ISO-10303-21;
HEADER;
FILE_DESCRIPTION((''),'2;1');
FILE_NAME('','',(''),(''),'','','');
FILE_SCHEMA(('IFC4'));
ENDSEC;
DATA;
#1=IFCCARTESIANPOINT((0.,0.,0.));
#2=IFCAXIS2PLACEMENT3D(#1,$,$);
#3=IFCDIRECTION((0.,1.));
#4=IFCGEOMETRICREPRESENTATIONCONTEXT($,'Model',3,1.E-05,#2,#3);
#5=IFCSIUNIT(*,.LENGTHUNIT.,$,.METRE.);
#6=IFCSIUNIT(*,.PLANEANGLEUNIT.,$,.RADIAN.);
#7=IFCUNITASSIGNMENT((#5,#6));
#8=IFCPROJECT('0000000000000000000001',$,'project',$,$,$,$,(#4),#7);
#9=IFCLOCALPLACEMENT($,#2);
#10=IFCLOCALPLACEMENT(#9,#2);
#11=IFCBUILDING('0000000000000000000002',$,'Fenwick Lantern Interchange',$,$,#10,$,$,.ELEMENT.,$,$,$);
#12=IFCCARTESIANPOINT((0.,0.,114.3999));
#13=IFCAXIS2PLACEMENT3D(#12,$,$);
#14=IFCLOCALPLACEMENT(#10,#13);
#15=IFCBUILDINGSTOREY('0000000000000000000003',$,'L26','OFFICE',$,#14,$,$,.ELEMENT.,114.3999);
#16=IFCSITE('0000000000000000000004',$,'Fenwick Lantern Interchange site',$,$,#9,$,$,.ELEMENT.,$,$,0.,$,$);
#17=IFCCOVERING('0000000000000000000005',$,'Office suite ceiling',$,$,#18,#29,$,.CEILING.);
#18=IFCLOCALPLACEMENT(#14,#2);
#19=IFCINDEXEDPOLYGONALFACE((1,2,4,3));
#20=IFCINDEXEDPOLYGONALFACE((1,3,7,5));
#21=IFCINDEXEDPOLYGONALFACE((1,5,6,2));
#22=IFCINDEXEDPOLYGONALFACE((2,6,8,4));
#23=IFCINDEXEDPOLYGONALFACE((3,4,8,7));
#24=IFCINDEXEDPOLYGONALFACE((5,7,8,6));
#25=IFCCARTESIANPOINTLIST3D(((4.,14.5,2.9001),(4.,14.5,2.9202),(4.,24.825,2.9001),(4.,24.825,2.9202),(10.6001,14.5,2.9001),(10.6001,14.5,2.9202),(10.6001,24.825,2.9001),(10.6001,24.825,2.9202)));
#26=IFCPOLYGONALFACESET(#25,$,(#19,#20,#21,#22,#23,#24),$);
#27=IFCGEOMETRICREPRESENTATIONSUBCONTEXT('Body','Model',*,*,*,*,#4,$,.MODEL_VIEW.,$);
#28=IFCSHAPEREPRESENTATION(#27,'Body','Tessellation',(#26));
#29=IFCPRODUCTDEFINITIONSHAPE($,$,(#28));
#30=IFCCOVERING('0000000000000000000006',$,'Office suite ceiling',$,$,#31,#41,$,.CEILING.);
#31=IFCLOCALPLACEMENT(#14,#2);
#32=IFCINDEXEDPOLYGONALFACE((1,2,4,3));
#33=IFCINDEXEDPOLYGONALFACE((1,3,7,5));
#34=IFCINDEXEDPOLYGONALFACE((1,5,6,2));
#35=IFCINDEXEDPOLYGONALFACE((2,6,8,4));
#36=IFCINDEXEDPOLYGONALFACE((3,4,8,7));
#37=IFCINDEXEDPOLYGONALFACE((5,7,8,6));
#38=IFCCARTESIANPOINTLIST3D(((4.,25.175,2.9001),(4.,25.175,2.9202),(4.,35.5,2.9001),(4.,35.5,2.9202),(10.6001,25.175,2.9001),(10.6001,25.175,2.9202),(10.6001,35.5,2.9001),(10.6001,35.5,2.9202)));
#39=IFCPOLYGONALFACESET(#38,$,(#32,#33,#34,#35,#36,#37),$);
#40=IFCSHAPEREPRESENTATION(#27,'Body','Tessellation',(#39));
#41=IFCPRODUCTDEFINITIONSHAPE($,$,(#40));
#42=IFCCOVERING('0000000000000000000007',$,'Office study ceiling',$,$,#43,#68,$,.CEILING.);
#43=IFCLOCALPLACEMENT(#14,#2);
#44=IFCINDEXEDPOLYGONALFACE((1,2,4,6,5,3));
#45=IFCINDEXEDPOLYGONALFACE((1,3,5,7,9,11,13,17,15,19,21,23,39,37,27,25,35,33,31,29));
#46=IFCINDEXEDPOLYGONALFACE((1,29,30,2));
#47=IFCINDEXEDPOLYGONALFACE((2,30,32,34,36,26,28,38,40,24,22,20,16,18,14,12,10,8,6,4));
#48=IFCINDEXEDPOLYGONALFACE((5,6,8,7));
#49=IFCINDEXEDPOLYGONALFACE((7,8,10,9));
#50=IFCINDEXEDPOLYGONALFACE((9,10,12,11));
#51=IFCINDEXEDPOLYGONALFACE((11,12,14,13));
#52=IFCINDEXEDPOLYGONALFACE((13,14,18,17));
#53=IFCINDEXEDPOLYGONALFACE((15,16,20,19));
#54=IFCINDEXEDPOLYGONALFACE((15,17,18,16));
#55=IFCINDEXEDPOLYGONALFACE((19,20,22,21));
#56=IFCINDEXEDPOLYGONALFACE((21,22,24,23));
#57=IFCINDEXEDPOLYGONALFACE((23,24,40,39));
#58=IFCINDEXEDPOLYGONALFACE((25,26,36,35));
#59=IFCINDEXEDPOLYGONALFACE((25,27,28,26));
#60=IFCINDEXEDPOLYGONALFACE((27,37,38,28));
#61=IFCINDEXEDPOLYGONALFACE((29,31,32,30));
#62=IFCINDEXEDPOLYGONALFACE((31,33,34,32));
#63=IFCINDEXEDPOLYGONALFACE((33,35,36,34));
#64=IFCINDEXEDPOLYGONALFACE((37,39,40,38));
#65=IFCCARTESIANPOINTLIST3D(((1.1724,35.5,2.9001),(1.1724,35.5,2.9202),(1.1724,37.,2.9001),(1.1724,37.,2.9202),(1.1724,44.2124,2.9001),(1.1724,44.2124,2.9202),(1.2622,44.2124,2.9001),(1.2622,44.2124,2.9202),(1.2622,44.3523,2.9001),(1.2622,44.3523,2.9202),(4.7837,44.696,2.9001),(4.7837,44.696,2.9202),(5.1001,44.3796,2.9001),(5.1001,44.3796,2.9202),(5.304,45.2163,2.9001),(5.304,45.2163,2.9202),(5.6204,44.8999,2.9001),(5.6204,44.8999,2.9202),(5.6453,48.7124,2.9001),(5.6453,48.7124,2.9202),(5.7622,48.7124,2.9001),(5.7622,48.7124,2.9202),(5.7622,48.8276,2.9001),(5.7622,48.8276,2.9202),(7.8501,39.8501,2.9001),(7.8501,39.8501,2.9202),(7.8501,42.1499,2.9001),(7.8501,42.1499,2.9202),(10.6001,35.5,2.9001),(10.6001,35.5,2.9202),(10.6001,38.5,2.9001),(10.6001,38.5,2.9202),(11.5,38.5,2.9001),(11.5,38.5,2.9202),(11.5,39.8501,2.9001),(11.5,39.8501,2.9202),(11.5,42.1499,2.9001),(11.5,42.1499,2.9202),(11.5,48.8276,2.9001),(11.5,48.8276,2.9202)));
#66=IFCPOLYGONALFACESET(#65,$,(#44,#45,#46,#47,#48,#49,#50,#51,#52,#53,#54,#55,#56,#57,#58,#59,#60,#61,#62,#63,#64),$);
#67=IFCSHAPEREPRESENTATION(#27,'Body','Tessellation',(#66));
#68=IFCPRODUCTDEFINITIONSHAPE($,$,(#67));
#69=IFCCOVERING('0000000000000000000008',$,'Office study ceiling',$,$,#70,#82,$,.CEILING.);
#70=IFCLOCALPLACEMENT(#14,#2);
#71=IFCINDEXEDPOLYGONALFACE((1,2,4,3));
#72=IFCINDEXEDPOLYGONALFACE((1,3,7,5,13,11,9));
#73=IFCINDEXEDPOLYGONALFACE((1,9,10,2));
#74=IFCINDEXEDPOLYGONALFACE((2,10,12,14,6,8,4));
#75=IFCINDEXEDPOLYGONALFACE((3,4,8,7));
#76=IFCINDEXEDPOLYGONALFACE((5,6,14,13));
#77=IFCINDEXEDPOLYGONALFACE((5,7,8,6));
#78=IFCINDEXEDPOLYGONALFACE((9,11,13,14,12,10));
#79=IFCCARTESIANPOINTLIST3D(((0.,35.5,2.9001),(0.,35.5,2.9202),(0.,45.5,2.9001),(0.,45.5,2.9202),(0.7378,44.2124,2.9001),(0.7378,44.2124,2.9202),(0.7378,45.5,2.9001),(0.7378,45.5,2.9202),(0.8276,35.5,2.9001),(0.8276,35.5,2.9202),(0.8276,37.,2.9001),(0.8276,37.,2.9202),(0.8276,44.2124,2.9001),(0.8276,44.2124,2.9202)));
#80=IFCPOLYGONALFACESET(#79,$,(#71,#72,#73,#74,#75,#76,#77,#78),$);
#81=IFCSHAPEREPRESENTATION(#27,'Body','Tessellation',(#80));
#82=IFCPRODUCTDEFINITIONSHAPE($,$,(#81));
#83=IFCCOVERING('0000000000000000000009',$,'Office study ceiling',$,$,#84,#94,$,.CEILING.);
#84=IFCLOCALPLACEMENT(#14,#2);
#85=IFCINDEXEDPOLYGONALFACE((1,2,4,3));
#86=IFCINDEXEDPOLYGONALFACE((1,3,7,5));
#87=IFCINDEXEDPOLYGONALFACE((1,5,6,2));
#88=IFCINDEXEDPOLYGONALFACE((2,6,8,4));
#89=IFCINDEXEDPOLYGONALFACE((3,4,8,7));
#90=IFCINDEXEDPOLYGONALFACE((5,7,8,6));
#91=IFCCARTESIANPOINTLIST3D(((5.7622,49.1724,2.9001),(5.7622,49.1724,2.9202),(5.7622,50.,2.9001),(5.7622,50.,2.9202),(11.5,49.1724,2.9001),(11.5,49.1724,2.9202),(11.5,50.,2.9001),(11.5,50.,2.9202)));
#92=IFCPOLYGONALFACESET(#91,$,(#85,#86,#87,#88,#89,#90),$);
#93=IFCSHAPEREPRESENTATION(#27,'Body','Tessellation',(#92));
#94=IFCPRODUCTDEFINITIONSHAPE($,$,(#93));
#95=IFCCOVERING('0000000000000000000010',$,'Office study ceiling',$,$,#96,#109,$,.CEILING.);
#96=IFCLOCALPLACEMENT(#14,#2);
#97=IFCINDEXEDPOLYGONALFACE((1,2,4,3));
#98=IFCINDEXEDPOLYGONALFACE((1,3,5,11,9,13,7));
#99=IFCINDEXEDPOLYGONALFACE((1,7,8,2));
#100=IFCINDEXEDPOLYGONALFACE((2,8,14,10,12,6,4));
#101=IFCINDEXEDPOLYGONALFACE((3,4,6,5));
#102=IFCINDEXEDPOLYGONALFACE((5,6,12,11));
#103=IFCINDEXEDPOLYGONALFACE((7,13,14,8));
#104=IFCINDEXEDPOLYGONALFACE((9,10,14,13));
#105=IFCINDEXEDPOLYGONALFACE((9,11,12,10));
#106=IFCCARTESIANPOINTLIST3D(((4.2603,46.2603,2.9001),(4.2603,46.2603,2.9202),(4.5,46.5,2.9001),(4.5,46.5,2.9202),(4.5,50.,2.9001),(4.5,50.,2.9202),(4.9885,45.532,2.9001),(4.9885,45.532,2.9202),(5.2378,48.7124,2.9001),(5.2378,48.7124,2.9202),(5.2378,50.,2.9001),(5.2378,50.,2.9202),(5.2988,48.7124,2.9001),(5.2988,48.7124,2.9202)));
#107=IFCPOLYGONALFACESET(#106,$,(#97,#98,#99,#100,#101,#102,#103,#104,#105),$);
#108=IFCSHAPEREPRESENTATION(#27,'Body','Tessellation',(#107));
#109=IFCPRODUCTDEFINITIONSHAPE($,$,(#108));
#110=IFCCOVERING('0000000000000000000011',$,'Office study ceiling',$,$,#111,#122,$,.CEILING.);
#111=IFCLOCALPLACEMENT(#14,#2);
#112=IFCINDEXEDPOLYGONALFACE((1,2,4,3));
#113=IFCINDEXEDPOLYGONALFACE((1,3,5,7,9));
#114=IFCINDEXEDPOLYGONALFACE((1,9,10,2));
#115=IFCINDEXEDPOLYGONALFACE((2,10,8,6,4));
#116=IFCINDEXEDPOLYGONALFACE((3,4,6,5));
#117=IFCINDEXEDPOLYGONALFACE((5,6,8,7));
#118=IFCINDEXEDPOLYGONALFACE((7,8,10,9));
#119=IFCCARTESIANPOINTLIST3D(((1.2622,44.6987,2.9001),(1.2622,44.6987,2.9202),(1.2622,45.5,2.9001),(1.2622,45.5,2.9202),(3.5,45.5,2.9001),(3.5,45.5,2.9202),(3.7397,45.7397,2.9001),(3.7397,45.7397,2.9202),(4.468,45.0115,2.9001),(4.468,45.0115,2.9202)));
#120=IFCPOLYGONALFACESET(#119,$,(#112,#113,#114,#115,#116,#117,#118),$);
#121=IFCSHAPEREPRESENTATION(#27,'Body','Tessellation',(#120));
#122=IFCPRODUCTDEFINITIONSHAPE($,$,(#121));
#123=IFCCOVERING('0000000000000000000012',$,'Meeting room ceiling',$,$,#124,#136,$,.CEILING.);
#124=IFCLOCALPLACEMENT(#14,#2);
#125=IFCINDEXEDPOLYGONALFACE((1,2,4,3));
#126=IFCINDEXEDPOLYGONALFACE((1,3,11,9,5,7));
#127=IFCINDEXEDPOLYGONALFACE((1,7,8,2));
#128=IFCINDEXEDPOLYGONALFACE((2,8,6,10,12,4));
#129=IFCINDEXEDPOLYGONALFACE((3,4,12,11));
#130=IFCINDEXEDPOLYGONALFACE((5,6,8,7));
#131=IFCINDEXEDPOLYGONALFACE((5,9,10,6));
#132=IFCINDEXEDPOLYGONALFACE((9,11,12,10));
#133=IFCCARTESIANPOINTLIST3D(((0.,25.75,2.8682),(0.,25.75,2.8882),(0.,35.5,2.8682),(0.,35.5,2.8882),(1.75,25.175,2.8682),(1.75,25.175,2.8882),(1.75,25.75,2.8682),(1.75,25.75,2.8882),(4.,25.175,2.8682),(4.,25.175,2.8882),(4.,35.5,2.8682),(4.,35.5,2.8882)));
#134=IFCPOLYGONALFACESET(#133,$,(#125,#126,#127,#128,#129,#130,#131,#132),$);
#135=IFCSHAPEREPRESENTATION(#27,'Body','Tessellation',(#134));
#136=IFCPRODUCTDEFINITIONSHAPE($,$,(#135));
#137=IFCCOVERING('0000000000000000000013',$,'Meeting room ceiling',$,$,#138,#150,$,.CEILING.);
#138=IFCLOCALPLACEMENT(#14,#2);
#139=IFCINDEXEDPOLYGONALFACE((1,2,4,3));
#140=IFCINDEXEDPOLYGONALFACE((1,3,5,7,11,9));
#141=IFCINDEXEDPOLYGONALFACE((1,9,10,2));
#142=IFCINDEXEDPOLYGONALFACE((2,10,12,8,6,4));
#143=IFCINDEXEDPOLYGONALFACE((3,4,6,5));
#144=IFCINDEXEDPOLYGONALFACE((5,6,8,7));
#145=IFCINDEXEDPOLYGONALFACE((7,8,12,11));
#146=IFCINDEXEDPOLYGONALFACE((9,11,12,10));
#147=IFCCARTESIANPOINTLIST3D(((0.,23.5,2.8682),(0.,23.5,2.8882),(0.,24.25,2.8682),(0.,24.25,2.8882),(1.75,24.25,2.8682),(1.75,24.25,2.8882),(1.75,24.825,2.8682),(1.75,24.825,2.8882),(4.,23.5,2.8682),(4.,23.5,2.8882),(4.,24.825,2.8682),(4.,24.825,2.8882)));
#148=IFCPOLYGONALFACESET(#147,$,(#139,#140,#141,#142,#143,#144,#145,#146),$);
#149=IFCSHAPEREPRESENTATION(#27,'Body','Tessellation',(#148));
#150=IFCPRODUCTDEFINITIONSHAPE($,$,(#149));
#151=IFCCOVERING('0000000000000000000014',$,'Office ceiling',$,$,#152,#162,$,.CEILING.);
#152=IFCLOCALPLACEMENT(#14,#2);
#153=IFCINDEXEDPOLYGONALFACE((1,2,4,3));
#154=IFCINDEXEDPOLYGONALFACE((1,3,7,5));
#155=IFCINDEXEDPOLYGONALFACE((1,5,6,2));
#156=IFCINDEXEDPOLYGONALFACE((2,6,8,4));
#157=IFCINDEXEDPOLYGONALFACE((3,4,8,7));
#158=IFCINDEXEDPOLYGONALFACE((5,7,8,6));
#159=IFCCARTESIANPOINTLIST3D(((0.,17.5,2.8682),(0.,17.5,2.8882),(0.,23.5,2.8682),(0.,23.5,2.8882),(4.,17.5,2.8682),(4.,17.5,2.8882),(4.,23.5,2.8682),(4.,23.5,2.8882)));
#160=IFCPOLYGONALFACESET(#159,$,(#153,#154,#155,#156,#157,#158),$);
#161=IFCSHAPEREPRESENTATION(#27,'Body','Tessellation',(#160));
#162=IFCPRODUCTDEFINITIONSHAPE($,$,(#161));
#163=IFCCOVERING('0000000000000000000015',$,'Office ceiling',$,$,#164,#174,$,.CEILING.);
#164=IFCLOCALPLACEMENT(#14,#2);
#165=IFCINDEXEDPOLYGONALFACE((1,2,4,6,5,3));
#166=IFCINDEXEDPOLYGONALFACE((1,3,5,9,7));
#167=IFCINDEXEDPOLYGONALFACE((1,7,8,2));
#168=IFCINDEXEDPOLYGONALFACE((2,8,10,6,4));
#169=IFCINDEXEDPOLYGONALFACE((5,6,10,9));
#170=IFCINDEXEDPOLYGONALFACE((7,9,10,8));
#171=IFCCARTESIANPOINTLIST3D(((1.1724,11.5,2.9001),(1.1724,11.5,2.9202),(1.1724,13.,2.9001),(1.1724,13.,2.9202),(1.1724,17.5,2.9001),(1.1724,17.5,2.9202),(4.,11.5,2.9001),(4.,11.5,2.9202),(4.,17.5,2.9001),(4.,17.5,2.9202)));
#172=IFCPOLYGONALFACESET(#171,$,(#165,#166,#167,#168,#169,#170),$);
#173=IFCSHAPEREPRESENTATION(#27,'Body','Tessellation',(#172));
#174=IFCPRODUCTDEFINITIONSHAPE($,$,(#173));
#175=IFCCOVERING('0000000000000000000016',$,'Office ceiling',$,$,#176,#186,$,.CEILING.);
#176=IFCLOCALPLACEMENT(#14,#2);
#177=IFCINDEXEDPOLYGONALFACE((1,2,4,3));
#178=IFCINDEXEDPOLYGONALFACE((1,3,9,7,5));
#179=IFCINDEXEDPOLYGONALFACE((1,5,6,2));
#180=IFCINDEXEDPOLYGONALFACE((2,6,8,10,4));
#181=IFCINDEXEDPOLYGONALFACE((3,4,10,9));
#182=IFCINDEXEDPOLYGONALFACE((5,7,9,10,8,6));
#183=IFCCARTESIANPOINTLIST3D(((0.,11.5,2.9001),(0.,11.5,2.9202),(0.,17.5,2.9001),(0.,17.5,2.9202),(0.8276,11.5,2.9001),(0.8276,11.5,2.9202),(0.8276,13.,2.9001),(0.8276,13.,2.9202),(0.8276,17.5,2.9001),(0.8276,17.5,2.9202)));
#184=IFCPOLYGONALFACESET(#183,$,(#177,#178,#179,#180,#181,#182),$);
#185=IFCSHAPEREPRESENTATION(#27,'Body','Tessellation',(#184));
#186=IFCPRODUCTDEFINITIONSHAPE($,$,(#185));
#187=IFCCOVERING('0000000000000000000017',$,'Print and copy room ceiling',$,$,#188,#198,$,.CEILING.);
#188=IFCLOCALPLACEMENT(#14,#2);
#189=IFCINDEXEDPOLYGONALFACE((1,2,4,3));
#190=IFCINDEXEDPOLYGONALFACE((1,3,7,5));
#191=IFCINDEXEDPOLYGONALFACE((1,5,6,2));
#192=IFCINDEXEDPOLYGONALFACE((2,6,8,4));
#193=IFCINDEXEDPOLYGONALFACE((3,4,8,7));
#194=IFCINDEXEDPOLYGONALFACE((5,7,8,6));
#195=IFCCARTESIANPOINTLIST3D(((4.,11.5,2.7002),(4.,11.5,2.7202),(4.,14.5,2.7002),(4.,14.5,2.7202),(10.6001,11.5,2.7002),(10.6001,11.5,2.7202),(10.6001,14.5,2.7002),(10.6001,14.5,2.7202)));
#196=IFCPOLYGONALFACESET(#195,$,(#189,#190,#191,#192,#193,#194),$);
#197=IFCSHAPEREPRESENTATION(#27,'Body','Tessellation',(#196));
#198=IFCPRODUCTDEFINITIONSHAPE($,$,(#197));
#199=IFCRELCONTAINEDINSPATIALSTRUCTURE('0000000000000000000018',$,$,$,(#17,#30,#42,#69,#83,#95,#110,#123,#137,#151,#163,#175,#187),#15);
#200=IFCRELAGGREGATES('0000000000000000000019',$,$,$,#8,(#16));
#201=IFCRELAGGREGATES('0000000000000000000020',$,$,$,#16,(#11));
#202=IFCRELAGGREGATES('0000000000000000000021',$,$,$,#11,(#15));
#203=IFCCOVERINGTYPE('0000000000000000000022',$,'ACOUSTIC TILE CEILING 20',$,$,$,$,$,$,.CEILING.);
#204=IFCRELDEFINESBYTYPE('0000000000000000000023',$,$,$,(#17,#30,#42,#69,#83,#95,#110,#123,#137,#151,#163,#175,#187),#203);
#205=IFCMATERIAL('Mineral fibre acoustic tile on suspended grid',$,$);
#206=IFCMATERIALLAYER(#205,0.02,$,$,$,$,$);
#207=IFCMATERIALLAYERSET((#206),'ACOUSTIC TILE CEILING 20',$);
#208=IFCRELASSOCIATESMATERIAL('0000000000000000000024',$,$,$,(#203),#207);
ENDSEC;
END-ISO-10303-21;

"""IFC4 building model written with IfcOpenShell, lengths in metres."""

from ifc_helpers import new_model, si_unit, direction, frame, origin, place, context, subcontext, project, spatial, polyline, outline, extrude, material, layer, layer_set, type_object, element, save


model = new_model("IFC4")

# Units and contexts
model_context = context("Model", 3, precision=1e-05, world=origin(), true_north=direction((0.0, 1.0)))
body_context = subcontext(model_context, "Body", "Model", "MODEL_VIEW")
ifc_project = project(units=[si_unit("LENGTHUNIT", "METRE"), si_unit("PLANEANGLEUNIT", "RADIAN")], contexts=[model_context])

# Site, building, storey
site_placement = place(None, origin())
site = spatial("IfcSite", under=ifc_project, at=site_placement, Name="Fenwick Lantern Interchange site", CompositionType="ELEMENT", RefElevation=0.0)
building_placement = place(site_placement, origin())
building = spatial("IfcBuilding", under=site, at=building_placement, Name="Fenwick Lantern Interchange", CompositionType="ELEMENT")
storey_placement = place(building_placement, frame((0.0, 0.0, 114.3999)))
storey = spatial("IfcBuildingStorey", under=building, at=storey_placement, Name="L26", Description="OFFICE", CompositionType="ELEMENT", Elevation=114.3999)

# Coverings
ifc_material_1 = material(Name="Mineral fibre acoustic tile on suspended grid")
ifc_layer_1 = layer(ifc_material_1, 0.02)
ifc_layer_set_1 = layer_set([ifc_layer_1], Name="ACOUSTIC TILE CEILING 20")
covering_type_1 = type_object("IfcCoveringType", Name="ACOUSTIC TILE CEILING 20", PredefinedType="CEILING", material=ifc_layer_set_1)
covering_1_placement = place(storey_placement, frame((0.0, 0.0, 2.9001)))
element("IfcCovering", 1, at=covering_1_placement, inside=storey, type_object=covering_type_1, Name="Office suite ceiling", PredefinedType="CEILING", context=body_context, shape_type="SweptSolid", body=[
    extrude(outline(polyline([(10.6001, 14.5), (10.6001, 24.825), (4.0, 24.825), (4.0, 14.5), (10.6001, 14.5)])), origin(), (0.0, 0.0, 1.0), 0.02),
])
covering_2_placement = place(storey_placement, frame((0.0, 0.0, 2.9001)))
element("IfcCovering", 2, at=covering_2_placement, inside=storey, type_object=covering_type_1, Name="Office suite ceiling", PredefinedType="CEILING", context=body_context, shape_type="SweptSolid", body=[
    extrude(outline(polyline([(10.6001, 25.175), (10.6001, 35.5), (4.0, 35.5), (4.0, 25.175), (10.6001, 25.175)])), origin(), (0.0, 0.0, 1.0), 0.02),
])
covering_3_placement = place(storey_placement, frame((0.0, 0.0, 2.9001)))
element("IfcCovering", 3, at=covering_3_placement, inside=storey, type_object=covering_type_1, Name="Office study ceiling", PredefinedType="CEILING", context=body_context, shape_type="SweptSolid", body=[
    extrude(outline(polyline([(5.7622, 48.7124), (5.6453, 48.7124), (5.304, 45.2163), (5.6204, 44.8999), (5.1001, 44.3796), (4.7837, 44.696), (1.2622, 44.3523), (1.2622, 44.2124), (1.1724, 44.2124), (1.1724, 37.0), (1.1724, 35.5), (10.6001, 35.5), (10.6001, 38.5), (11.5, 38.5), (11.5, 39.8501), (7.8501, 39.8501), (7.8501, 42.1499), (11.5, 42.1499), (11.5, 48.8276), (5.7622, 48.8276), (5.7622, 48.7124)])), origin(), (0.0, 0.0, 1.0), 0.02),
])
covering_4_placement = place(storey_placement, frame((0.0, 0.0, 2.9001)))
element("IfcCovering", 4, at=covering_4_placement, inside=storey, type_object=covering_type_1, Name="Office study ceiling", PredefinedType="CEILING", context=body_context, shape_type="SweptSolid", body=[
    extrude(outline(polyline([(0.0, 35.5), (0.8276, 35.5), (0.8276, 37.0), (0.8276, 44.2124), (0.7378, 44.2124), (0.7378, 45.5), (0.0, 45.5), (0.0, 35.5)])), origin(), (0.0, 0.0, 1.0), 0.02),
])
covering_5_placement = place(storey_placement, frame((0.0, 0.0, 2.9001)))
element("IfcCovering", 5, at=covering_5_placement, inside=storey, type_object=covering_type_1, Name="Office study ceiling", PredefinedType="CEILING", context=body_context, shape_type="SweptSolid", body=[
    extrude(outline(polyline([(5.7622, 50.0), (5.7622, 49.1724), (11.5, 49.1724), (11.5, 50.0), (5.7622, 50.0)])), origin(), (0.0, 0.0, 1.0), 0.02),
])
covering_6_placement = place(storey_placement, frame((0.0, 0.0, 2.9001)))
element("IfcCovering", 6, at=covering_6_placement, inside=storey, type_object=covering_type_1, Name="Office study ceiling", PredefinedType="CEILING", context=body_context, shape_type="SweptSolid", body=[
    extrude(outline(polyline([(5.2988, 48.7124), (5.2378, 48.7124), (5.2378, 50.0), (4.5, 50.0), (4.5, 46.5), (4.2603, 46.2603), (4.9885, 45.532), (5.2988, 48.7124)])), origin(), (0.0, 0.0, 1.0), 0.02),
])
covering_7_placement = place(storey_placement, frame((0.0, 0.0, 2.9001)))
element("IfcCovering", 7, at=covering_7_placement, inside=storey, type_object=covering_type_1, Name="Office study ceiling", PredefinedType="CEILING", context=body_context, shape_type="SweptSolid", body=[
    extrude(outline(polyline([(1.2622, 45.5), (1.2622, 44.6987), (4.468, 45.0115), (3.7397, 45.7397), (3.5, 45.5), (1.2622, 45.5)])), origin(), (0.0, 0.0, 1.0), 0.02),
])
covering_8_placement = place(storey_placement, frame((0.0, 0.0, 2.8682)))
element("IfcCovering", 8, at=covering_8_placement, inside=storey, type_object=covering_type_1, Name="Meeting room ceiling", PredefinedType="CEILING", context=body_context, shape_type="SweptSolid", body=[
    extrude(outline(polyline([(4.0, 25.175), (4.0, 35.5), (0.0, 35.5), (0.0, 25.75), (1.75, 25.75), (1.75, 25.175), (4.0, 25.175)])), origin(), (0.0, 0.0, 1.0), 0.02),
])
covering_9_placement = place(storey_placement, frame((0.0, 0.0, 2.8682)))
element("IfcCovering", 9, at=covering_9_placement, inside=storey, type_object=covering_type_1, Name="Meeting room ceiling", PredefinedType="CEILING", context=body_context, shape_type="SweptSolid", body=[
    extrude(outline(polyline([(4.0, 23.5), (4.0, 24.825), (1.75, 24.825), (1.75, 24.25), (0.0, 24.25), (0.0, 23.5), (4.0, 23.5)])), origin(), (0.0, 0.0, 1.0), 0.02),
])
covering_10_placement = place(storey_placement, frame((0.0, 0.0, 2.8682)))
element("IfcCovering", 10, at=covering_10_placement, inside=storey, type_object=covering_type_1, Name="Office ceiling", PredefinedType="CEILING", context=body_context, shape_type="SweptSolid", body=[
    extrude(outline(polyline([(0.0, 23.5), (0.0, 17.5), (4.0, 17.5), (4.0, 23.5), (0.0, 23.5)])), origin(), (0.0, 0.0, 1.0), 0.02),
])
covering_11_placement = place(storey_placement, frame((0.0, 0.0, 2.9001)))
element("IfcCovering", 11, at=covering_11_placement, inside=storey, type_object=covering_type_1, Name="Office ceiling", PredefinedType="CEILING", context=body_context, shape_type="SweptSolid", body=[
    extrude(outline(polyline([(4.0, 17.5), (1.1724, 17.5), (1.1724, 13.0), (1.1724, 11.5), (4.0, 11.5), (4.0, 17.5)])), origin(), (0.0, 0.0, 1.0), 0.02),
])
covering_12_placement = place(storey_placement, frame((0.0, 0.0, 2.9001)))
element("IfcCovering", 12, at=covering_12_placement, inside=storey, type_object=covering_type_1, Name="Office ceiling", PredefinedType="CEILING", context=body_context, shape_type="SweptSolid", body=[
    extrude(outline(polyline([(0.0, 11.5), (0.8276, 11.5), (0.8276, 13.0), (0.8276, 17.5), (0.0, 17.5), (0.0, 11.5)])), origin(), (0.0, 0.0, 1.0), 0.02),
])
covering_13_placement = place(storey_placement, frame((0.0, 0.0, 2.7002)))
element("IfcCovering", 13, at=covering_13_placement, inside=storey, type_object=covering_type_1, Name="Print and copy room ceiling", PredefinedType="CEILING", context=body_context, shape_type="SweptSolid", body=[
    extrude(outline(polyline([(4.0, 14.5), (4.0, 11.5), (10.6001, 11.5), (10.6001, 14.5), (4.0, 14.5)])), origin(), (0.0, 0.0, 1.0), 0.02),
])

save(model, "model.ifc")
